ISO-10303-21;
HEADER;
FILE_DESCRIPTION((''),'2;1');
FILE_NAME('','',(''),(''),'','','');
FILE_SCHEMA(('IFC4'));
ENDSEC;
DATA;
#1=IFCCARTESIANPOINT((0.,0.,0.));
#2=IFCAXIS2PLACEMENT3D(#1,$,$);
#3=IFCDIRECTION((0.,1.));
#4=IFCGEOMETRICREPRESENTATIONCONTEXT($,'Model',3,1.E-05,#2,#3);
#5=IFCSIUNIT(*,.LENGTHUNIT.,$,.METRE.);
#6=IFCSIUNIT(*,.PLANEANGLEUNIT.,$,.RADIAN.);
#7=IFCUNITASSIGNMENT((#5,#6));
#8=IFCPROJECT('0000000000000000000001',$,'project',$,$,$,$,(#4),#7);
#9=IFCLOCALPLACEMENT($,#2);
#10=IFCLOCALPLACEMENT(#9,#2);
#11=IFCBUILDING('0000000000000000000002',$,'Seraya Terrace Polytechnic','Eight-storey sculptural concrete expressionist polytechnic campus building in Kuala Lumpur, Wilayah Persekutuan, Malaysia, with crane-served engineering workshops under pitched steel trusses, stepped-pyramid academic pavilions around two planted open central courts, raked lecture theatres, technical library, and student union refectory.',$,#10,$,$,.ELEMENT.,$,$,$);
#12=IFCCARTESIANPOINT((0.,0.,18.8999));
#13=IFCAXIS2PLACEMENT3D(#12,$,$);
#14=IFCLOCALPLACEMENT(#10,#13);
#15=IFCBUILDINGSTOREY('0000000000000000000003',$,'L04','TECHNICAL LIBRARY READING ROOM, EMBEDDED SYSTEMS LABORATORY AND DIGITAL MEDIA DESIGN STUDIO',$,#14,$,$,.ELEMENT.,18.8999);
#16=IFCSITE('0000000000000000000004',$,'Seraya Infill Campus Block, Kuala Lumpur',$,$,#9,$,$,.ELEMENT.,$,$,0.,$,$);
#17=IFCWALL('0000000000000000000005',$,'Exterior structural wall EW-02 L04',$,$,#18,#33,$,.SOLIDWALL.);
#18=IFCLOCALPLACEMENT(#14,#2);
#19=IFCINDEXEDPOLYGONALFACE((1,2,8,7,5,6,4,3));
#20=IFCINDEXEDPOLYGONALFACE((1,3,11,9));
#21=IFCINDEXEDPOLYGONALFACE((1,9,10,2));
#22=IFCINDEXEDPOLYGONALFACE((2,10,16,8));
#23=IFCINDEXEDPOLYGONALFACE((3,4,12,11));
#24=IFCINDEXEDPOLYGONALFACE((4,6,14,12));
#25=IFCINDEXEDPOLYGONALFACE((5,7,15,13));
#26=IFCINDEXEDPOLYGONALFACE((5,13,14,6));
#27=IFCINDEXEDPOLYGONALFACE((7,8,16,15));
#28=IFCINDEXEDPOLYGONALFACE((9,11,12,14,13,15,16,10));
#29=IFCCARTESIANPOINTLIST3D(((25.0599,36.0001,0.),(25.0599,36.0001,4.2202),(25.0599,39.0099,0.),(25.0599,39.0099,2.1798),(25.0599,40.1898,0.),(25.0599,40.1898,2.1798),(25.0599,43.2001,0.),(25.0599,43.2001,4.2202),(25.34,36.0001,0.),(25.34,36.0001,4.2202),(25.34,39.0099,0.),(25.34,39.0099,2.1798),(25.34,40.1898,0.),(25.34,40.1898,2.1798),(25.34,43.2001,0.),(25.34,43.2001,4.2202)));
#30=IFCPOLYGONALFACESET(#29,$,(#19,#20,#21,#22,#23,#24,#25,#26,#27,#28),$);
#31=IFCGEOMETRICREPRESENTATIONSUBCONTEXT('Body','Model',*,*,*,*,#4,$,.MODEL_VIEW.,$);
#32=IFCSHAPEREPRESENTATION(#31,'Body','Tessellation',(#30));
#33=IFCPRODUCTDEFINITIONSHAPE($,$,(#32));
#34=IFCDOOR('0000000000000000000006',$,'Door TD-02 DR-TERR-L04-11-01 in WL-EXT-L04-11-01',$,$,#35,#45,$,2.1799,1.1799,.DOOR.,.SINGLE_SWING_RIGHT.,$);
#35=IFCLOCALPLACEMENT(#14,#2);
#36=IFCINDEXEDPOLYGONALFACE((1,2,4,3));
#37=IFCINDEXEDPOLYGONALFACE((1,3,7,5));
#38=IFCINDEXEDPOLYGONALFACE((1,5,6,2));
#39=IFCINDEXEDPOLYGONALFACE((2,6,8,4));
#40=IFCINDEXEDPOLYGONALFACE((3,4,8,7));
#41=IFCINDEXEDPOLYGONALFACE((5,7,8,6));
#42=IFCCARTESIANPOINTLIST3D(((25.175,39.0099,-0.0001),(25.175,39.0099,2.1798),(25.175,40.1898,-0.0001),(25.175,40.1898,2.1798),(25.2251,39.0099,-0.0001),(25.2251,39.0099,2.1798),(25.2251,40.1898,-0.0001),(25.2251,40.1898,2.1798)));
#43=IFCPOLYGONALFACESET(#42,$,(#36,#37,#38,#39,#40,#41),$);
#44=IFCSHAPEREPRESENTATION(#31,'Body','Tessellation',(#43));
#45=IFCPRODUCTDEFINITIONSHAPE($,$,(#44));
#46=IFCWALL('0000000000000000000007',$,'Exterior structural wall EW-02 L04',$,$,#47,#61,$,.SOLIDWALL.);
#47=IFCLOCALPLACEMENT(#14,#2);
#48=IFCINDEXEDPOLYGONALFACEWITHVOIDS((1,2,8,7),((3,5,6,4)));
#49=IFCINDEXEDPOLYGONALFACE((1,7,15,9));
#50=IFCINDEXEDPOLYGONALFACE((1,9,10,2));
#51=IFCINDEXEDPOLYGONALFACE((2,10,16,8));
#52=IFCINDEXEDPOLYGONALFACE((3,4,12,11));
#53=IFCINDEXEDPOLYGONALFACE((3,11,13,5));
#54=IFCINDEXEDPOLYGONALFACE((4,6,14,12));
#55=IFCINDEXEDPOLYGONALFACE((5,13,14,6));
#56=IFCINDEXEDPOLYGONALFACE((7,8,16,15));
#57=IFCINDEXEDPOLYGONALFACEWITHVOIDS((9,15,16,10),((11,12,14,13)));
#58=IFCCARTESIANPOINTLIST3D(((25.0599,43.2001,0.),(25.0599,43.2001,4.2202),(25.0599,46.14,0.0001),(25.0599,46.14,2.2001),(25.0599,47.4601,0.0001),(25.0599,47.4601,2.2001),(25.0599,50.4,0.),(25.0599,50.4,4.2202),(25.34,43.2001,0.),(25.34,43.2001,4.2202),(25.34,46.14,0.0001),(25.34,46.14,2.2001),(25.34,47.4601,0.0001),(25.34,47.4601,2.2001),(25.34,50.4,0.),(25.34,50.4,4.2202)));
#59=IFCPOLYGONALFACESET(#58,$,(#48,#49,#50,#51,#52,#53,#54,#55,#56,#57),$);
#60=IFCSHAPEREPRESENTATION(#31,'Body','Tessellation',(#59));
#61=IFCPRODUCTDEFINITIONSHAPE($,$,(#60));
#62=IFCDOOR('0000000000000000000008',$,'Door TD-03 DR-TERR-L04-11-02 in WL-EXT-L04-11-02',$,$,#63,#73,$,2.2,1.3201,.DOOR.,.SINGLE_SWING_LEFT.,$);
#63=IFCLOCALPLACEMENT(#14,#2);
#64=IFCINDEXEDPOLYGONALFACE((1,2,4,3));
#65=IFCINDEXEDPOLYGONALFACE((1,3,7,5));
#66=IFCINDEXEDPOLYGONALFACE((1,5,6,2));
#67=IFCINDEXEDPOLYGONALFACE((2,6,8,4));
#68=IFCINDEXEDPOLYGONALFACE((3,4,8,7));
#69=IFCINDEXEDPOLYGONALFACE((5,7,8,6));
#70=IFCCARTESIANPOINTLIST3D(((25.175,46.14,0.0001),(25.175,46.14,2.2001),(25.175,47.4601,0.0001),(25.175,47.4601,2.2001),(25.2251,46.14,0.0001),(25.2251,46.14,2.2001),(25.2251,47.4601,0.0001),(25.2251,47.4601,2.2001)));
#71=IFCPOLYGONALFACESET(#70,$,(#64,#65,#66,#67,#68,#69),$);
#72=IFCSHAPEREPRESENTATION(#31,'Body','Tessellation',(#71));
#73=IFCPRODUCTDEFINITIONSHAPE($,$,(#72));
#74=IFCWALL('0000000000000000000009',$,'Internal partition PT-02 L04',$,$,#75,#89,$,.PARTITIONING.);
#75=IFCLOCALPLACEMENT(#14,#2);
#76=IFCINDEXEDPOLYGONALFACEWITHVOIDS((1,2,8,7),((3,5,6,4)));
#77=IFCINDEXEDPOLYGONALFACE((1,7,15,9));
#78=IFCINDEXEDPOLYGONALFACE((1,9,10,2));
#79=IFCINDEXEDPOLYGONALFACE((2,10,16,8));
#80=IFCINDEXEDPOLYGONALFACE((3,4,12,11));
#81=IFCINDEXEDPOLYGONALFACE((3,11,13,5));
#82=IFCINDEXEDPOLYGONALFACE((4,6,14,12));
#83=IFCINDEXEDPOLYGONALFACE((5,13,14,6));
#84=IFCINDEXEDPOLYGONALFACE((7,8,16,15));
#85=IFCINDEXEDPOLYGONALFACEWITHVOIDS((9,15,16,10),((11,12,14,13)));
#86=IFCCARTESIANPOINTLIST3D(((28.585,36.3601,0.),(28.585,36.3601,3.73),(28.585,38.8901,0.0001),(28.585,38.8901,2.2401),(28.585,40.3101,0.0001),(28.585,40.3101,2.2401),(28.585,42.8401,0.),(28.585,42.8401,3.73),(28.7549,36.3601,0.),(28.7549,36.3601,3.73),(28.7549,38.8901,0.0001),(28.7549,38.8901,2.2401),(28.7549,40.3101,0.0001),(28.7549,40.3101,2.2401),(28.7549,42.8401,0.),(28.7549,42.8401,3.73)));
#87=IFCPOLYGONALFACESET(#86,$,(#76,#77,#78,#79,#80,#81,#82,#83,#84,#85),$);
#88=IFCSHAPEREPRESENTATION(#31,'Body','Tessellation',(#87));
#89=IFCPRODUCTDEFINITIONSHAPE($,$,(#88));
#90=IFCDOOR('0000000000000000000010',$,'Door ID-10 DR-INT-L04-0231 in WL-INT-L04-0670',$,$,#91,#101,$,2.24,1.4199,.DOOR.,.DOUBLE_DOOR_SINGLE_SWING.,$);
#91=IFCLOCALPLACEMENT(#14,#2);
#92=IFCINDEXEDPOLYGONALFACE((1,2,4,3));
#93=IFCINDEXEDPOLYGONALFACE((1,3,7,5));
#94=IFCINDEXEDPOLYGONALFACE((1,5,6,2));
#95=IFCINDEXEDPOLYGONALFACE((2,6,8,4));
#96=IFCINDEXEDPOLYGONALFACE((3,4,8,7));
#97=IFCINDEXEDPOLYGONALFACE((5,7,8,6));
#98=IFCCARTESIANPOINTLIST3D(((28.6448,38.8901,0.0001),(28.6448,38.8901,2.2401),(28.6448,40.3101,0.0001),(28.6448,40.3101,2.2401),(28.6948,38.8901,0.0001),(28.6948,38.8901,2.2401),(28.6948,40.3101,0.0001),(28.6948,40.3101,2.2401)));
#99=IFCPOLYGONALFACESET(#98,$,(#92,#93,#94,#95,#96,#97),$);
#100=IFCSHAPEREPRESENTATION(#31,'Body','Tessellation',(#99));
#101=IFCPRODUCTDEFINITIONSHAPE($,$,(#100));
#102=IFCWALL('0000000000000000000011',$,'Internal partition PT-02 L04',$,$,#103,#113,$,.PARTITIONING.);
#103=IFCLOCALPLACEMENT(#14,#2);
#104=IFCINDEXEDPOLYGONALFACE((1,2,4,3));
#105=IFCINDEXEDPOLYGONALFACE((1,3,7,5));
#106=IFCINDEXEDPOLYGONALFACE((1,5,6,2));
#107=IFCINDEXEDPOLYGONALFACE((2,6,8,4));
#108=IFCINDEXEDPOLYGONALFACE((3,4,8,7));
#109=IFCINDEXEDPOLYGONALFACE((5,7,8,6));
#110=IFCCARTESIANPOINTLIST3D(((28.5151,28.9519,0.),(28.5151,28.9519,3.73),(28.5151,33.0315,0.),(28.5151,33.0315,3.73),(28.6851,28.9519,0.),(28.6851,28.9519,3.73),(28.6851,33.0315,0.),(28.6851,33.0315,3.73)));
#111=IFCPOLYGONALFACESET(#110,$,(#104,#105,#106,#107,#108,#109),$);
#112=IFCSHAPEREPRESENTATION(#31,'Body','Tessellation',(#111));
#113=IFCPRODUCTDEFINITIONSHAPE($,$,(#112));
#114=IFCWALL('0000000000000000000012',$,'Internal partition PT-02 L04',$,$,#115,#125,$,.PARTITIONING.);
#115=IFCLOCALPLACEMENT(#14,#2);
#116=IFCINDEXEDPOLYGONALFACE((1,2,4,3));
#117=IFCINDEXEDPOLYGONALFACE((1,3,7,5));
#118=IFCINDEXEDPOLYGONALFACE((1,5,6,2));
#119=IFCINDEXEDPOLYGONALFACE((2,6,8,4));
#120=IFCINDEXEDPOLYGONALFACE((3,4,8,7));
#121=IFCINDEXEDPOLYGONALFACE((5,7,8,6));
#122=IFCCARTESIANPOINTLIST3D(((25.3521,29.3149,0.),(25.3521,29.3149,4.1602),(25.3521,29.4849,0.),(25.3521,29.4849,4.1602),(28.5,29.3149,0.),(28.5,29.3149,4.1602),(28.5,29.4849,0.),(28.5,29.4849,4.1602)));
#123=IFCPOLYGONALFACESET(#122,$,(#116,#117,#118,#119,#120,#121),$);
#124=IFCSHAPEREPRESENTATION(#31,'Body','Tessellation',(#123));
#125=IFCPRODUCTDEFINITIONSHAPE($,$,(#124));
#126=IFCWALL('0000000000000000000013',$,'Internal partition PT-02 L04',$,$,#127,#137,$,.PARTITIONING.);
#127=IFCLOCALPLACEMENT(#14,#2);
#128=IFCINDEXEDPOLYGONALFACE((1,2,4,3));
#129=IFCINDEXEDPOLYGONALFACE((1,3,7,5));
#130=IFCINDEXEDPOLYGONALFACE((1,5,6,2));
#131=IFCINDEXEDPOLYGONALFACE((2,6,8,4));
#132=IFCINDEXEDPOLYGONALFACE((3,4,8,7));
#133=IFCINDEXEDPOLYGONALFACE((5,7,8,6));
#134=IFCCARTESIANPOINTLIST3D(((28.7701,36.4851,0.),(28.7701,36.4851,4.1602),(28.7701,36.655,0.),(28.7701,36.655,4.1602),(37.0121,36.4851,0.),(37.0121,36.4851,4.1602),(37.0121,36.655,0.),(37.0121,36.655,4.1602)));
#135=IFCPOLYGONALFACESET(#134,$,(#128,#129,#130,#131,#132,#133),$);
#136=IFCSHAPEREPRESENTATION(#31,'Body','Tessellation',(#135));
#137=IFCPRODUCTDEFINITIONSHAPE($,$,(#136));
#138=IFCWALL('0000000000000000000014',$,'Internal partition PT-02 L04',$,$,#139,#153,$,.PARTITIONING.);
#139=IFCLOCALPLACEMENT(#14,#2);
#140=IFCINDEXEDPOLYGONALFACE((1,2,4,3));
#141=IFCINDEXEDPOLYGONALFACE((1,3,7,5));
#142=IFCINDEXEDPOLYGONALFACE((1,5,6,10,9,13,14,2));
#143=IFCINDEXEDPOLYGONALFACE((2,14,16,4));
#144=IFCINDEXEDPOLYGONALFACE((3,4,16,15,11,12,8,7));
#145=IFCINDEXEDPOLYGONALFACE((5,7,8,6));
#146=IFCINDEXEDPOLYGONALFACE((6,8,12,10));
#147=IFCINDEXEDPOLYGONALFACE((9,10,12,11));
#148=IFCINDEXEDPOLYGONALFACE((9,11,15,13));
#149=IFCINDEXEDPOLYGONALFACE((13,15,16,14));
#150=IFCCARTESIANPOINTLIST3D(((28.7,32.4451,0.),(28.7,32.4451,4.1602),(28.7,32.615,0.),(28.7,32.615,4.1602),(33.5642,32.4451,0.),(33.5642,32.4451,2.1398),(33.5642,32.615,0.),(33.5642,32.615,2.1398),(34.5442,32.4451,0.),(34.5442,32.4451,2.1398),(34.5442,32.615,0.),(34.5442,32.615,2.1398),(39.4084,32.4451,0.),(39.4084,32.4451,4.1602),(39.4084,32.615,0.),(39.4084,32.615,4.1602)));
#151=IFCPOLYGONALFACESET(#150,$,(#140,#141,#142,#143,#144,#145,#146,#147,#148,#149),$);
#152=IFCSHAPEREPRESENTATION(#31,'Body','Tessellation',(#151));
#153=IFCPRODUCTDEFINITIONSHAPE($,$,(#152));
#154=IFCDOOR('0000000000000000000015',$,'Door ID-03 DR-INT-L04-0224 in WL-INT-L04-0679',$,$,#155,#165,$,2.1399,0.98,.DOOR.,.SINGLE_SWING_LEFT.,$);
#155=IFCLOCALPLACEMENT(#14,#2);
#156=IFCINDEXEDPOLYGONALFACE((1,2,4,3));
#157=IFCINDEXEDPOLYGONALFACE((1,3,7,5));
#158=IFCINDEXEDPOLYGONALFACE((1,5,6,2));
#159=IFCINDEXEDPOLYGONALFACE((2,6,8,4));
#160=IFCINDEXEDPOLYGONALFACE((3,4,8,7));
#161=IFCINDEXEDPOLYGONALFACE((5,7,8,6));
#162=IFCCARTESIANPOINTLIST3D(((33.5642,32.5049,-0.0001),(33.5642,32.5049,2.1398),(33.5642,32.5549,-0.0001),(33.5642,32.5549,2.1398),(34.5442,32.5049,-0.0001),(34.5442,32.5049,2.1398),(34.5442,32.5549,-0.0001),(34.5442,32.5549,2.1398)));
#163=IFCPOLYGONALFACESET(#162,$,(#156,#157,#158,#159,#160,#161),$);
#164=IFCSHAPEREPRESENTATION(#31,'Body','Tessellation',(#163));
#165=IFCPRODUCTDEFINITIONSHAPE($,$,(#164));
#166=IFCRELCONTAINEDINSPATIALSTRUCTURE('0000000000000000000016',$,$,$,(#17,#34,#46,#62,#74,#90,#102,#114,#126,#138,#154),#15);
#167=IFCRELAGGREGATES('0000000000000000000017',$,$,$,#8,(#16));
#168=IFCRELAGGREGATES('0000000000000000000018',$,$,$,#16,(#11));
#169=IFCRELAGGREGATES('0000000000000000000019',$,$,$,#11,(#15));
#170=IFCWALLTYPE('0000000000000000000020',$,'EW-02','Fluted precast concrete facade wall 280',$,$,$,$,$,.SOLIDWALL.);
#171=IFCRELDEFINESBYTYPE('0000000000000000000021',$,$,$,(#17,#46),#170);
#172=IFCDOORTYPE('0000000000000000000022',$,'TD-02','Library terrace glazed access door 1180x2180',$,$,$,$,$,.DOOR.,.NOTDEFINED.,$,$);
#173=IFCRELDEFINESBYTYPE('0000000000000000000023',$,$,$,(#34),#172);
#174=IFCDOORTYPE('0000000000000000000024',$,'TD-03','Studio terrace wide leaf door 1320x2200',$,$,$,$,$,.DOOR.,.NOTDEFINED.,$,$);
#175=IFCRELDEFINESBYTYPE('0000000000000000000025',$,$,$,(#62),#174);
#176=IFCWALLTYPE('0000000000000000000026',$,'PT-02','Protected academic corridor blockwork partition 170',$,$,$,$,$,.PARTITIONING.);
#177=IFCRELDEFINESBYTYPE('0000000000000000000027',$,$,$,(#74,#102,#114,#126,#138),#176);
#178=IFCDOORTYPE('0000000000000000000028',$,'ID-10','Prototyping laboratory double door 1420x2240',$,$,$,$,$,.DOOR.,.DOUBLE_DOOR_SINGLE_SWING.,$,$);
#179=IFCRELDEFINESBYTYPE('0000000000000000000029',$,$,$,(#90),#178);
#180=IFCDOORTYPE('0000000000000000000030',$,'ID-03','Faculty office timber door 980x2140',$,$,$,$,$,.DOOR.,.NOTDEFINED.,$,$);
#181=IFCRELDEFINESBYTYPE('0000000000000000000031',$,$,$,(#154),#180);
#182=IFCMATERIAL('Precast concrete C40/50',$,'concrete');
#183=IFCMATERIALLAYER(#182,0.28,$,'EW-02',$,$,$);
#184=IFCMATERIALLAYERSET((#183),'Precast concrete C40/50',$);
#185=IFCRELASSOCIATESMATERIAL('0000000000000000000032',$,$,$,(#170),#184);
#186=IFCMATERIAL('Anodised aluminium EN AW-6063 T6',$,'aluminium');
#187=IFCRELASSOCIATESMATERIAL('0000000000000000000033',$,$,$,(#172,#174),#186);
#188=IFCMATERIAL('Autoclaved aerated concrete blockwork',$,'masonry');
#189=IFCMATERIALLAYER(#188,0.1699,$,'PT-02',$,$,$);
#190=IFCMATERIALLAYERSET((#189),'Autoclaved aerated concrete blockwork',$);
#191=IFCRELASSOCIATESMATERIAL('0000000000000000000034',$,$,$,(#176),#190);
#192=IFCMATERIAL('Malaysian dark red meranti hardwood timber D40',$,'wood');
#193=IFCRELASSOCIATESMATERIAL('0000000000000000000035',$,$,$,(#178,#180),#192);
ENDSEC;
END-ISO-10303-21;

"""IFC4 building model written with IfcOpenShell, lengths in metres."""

from ifc_helpers import new_model, si_unit, direction, frame, frame_2d, origin, place, context, subcontext, project, spatial, rectangle, extrude, material, layer, layer_set, type_object, element, fill, save


model = new_model("IFC4")

# Units and contexts
model_context = context("Model", 3, precision=1e-05, world=origin(), true_north=direction((0.0, 1.0)))
body_context = subcontext(model_context, "Body", "Model", "MODEL_VIEW")
ifc_project = project(units=[si_unit("LENGTHUNIT", "METRE"), si_unit("PLANEANGLEUNIT", "RADIAN")], contexts=[model_context])

# Site, building, storey
site_placement = place(None, origin())
site = spatial("IfcSite", under=ifc_project, at=site_placement, Name="Seraya Infill Campus Block, Kuala Lumpur", CompositionType="ELEMENT", RefElevation=0.0)
building_placement = place(site_placement, origin())
building = spatial("IfcBuilding", under=site, at=building_placement, Name="Seraya Terrace Polytechnic", Description="Eight-storey sculptural concrete expressionist polytechnic campus building in Kuala Lumpur, Wilayah Persekutuan, Malaysia, with crane-served engineering workshops under pitched steel trusses, stepped-pyramid academic pavilions around two planted open central courts, raked lecture theatres, technical library, and student union refectory.", CompositionType="ELEMENT")
storey_placement = place(building_placement, frame((0.0, 0.0, 18.8999)))
storey = spatial("IfcBuildingStorey", under=building, at=storey_placement, Name="L04", Description="TECHNICAL LIBRARY READING ROOM, EMBEDDED SYSTEMS LABORATORY AND DIGITAL MEDIA DESIGN STUDIO", CompositionType="ELEMENT", Elevation=18.8999)

# Shared definitions
ifc_material_1 = material(Name="Precast concrete C40/50", Category="concrete")
ifc_layer_1 = layer(ifc_material_1, 0.28, Name="EW-02")
ifc_layer_set_1 = layer_set([ifc_layer_1], Name="Precast concrete C40/50")
wall_type_1 = type_object("IfcWallType", Name="EW-02", Description="Fluted precast concrete facade wall 280", PredefinedType="SOLIDWALL", material=ifc_layer_set_1)

# Walls, openings, doors
wall_1_placement = place(storey_placement, frame((25.2, 36.0, 0.0), z_axis=(0.0, 0.0, 1.0), x_axis=(0.0, 1.0, 0.0)))
wall_1 = element("IfcWall", 1, at=wall_1_placement, inside=storey, type_object=wall_type_1, Name="Exterior structural wall EW-02 L04", PredefinedType="SOLIDWALL", context=body_context, shape_type="SweptSolid", body=[
    extrude(rectangle(XDim=7.2, YDim=0.28, at=frame_2d((3.6001, 0.0))), origin(), (0.0, 0.0, 1.0), 4.2202),
])
opening_1_placement = place(wall_1_placement, frame((3.01, 0.0, 0.0)))
opening_1 = element("IfcOpeningElement", 2, at=opening_1_placement, cuts=wall_1, PredefinedType="OPENING", context=body_context, shape_type="SweptSolid", body=[
    extrude(rectangle(XDim=1.1799, YDim=2.1799, at=frame_2d((0.5898, 1.0898))), frame((0.0, 0.1519, 0.0), z_axis=(0.0, -1.0, 0.0), x_axis=(1.0, 0.0, 0.0)), (0.0, 0.0, 1.0), 0.304),
])
ifc_material_2 = material(Name="Anodised aluminium EN AW-6063 T6", Category="aluminium")
door_type_1 = type_object("IfcDoorType", Name="TD-02", Description="Library terrace glazed access door 1180x2180", OperationType="NOTDEFINED", PredefinedType="DOOR", material=ifc_material_2)
door_1_placement = place(opening_1_placement, origin())
door_1 = element("IfcDoor", 3, at=door_1_placement, inside=storey, type_object=door_type_1, Name="Door TD-02 DR-TERR-L04-11-01 in WL-EXT-L04-11-01", OperationType="SINGLE_SWING_RIGHT", OverallHeight=2.1799, OverallWidth=1.1799, PredefinedType="DOOR", context=body_context, shape_type="SweptSolid", body=[
    extrude(rectangle(XDim=1.1799, YDim=2.1799, at=frame_2d((0.5898, 1.0898))), frame((0.0, 0.0249, 0.0), z_axis=(0.0, -1.0, 0.0), x_axis=(1.0, 0.0, 0.0)), (0.0, 0.0, 1.0), 0.05),
])
fill(opening_1, door_1)
wall_2_placement = place(storey_placement, frame((25.2, 43.2, 0.0), z_axis=(0.0, 0.0, 1.0), x_axis=(0.0, 1.0, 0.0)))
wall_2 = element("IfcWall", 4, at=wall_2_placement, inside=storey, type_object=wall_type_1, Name="Exterior structural wall EW-02 L04", PredefinedType="SOLIDWALL", context=body_context, shape_type="SweptSolid", body=[
    extrude(rectangle(XDim=7.2, YDim=0.28, at=frame_2d((3.6001, 0.0))), origin(), (0.0, 0.0, 1.0), 4.2202),
])
opening_2_placement = place(wall_2_placement, frame((2.9399, 0.0, 0.0)))
opening_2 = element("IfcOpeningElement", 5, at=opening_2_placement, cuts=wall_2, PredefinedType="OPENING", context=body_context, shape_type="SweptSolid", body=[
    extrude(rectangle(XDim=1.3201, YDim=2.2, at=frame_2d((0.6602, 1.1001))), frame((0.0, 0.1519, 0.0), z_axis=(0.0, -1.0, 0.0), x_axis=(1.0, 0.0, 0.0)), (0.0, 0.0, 1.0), 0.304),
])
door_type_2 = type_object("IfcDoorType", Name="TD-03", Description="Studio terrace wide leaf door 1320x2200", OperationType="NOTDEFINED", PredefinedType="DOOR", material=ifc_material_2)
door_2_placement = place(opening_2_placement, origin())
door_2 = element("IfcDoor", 6, at=door_2_placement, inside=storey, type_object=door_type_2, Name="Door TD-03 DR-TERR-L04-11-02 in WL-EXT-L04-11-02", OperationType="SINGLE_SWING_LEFT", OverallHeight=2.2, OverallWidth=1.3201, PredefinedType="DOOR", context=body_context, shape_type="SweptSolid", body=[
    extrude(rectangle(XDim=1.3201, YDim=2.2, at=frame_2d((0.6602, 1.1001))), frame((0.0, 0.0249, 0.0), z_axis=(0.0, -1.0, 0.0), x_axis=(1.0, 0.0, 0.0)), (0.0, 0.0, 1.0), 0.05),
])
fill(opening_2, door_2)
ifc_material_3 = material(Name="Autoclaved aerated concrete blockwork", Category="masonry")
ifc_layer_2 = layer(ifc_material_3, 0.1699, Name="PT-02")
ifc_layer_set_2 = layer_set([ifc_layer_2], Name="Autoclaved aerated concrete blockwork")
wall_type_2 = type_object("IfcWallType", Name="PT-02", Description="Protected academic corridor blockwork partition 170", PredefinedType="PARTITIONING", material=ifc_layer_set_2)
wall_3_placement = place(storey_placement, frame((28.6699, 36.3601, 0.0), z_axis=(0.0, 0.0, 1.0), x_axis=(0.0, 1.0, 0.0)))
wall_3 = element("IfcWall", 7, at=wall_3_placement, inside=storey, type_object=wall_type_2, Name="Internal partition PT-02 L04", PredefinedType="PARTITIONING", context=body_context, shape_type="SweptSolid", body=[
    extrude(rectangle(XDim=6.48, YDim=0.1699, at=frame_2d((3.24, 0.0))), origin(), (0.0, 0.0, 1.0), 3.73),
])
opening_3_placement = place(wall_3_placement, frame((2.53, 0.0, 0.0)))
opening_3 = element("IfcOpeningElement", 8, at=opening_3_placement, cuts=wall_3, PredefinedType="OPENING", context=body_context, shape_type="SweptSolid", body=[
    extrude(rectangle(XDim=1.4199, YDim=2.24, at=frame_2d((0.71, 1.1201))), frame((0.0, 0.0969, 0.0), z_axis=(0.0, -1.0, 0.0), x_axis=(1.0, 0.0, 0.0)), (0.0, 0.0, 1.0), 0.1938),
])
ifc_material_4 = material(Name="Malaysian dark red meranti hardwood timber D40", Category="wood")
door_type_3 = type_object("IfcDoorType", Name="ID-10", Description="Prototyping laboratory double door 1420x2240", OperationType="DOUBLE_DOOR_SINGLE_SWING", PredefinedType="DOOR", material=ifc_material_4)
door_3_placement = place(opening_3_placement, frame((1.4199, 0.0, 0.0), z_axis=(0.0, 0.0, 1.0), x_axis=(-1.0, 0.0, 0.0)))
door_3 = element("IfcDoor", 9, at=door_3_placement, inside=storey, type_object=door_type_3, Name="Door ID-10 DR-INT-L04-0231 in WL-INT-L04-0670", OperationType="DOUBLE_DOOR_SINGLE_SWING", OverallHeight=2.24, OverallWidth=1.4199, PredefinedType="DOOR", context=body_context, shape_type="SweptSolid", body=[
    extrude(rectangle(XDim=1.4199, YDim=2.24, at=frame_2d((0.71, 1.1201))), frame((0.0, 0.0249, 0.0), z_axis=(0.0, -1.0, 0.0), x_axis=(1.0, 0.0, 0.0)), (0.0, 0.0, 1.0), 0.05),
])
fill(opening_3, door_3)

# Walls
wall_4_placement = place(storey_placement, frame((28.6001, 28.9519, 0.0), z_axis=(0.0, 0.0, 1.0), x_axis=(0.0, 1.0, 0.0)))
element("IfcWall", 10, at=wall_4_placement, inside=storey, type_object=wall_type_2, Name="Internal partition PT-02 L04", PredefinedType="PARTITIONING", context=body_context, shape_type="SweptSolid", body=[
    extrude(rectangle(XDim=4.0796, YDim=0.1699, at=frame_2d((2.0398, 0.0))), origin(), (0.0, 0.0, 1.0), 3.73),
])
wall_5_placement = place(storey_placement, frame((25.3521, 29.3999, 0.0), z_axis=(0.0, 0.0, 1.0), x_axis=(1.0, 0.0, 0.0)))
element("IfcWall", 11, at=wall_5_placement, inside=storey, type_object=wall_type_2, Name="Internal partition PT-02 L04", PredefinedType="PARTITIONING", context=body_context, shape_type="SweptSolid", body=[
    extrude(rectangle(XDim=3.1479, YDim=0.1699, at=frame_2d((1.574, 0.0))), origin(), (0.0, 0.0, 1.0), 4.1602),
])
wall_6_placement = place(storey_placement, frame((28.77, 36.5701, 0.0), z_axis=(0.0, 0.0, 1.0), x_axis=(1.0, 0.0, 0.0)))
element("IfcWall", 12, at=wall_6_placement, inside=storey, type_object=wall_type_2, Name="Internal partition PT-02 L04", PredefinedType="PARTITIONING", context=body_context, shape_type="SweptSolid", body=[
    extrude(rectangle(XDim=8.2419, YDim=0.1699, at=frame_2d((4.1211, 0.0))), origin(), (0.0, 0.0, 1.0), 4.1602),
])

# Wall, opening, door
wall_7_placement = place(storey_placement, frame((28.7, 32.53, 0.0), z_axis=(0.0, 0.0, 1.0), x_axis=(1.0, 0.0, 0.0)))
wall_7 = element("IfcWall", 13, at=wall_7_placement, inside=storey, type_object=wall_type_2, Name="Internal partition PT-02 L04", PredefinedType="PARTITIONING", context=body_context, shape_type="SweptSolid", body=[
    extrude(rectangle(XDim=10.7085, YDim=0.1699, at=frame_2d((5.3542, 0.0))), origin(), (0.0, 0.0, 1.0), 4.1602),
])
opening_4_placement = place(wall_7_placement, frame((4.8643, 0.0, 0.0)))
opening_4 = element("IfcOpeningElement", 14, at=opening_4_placement, cuts=wall_7, PredefinedType="OPENING", context=body_context, shape_type="SweptSolid", body=[
    extrude(rectangle(XDim=0.98, YDim=2.1399, at=frame_2d((0.49, 1.0698))), frame((0.0, 0.0969, 0.0), z_axis=(0.0, -1.0, 0.0), x_axis=(1.0, 0.0, 0.0)), (0.0, 0.0, 1.0), 0.1938),
])
door_type_4 = type_object("IfcDoorType", Name="ID-03", Description="Faculty office timber door 980x2140", OperationType="NOTDEFINED", PredefinedType="DOOR", material=ifc_material_4)
door_4_placement = place(opening_4_placement, origin())
door_4 = element("IfcDoor", 15, at=door_4_placement, inside=storey, type_object=door_type_4, Name="Door ID-03 DR-INT-L04-0224 in WL-INT-L04-0679", OperationType="SINGLE_SWING_LEFT", OverallHeight=2.1399, OverallWidth=0.98, PredefinedType="DOOR", context=body_context, shape_type="SweptSolid", body=[
    extrude(rectangle(XDim=0.98, YDim=2.1399, at=frame_2d((0.49, 1.0698))), frame((0.0, 0.0249, 0.0), z_axis=(0.0, -1.0, 0.0), x_axis=(1.0, 0.0, 0.0)), (0.0, 0.0, 1.0), 0.05),
])
fill(opening_4, door_4)

save(model, "model.ifc")
